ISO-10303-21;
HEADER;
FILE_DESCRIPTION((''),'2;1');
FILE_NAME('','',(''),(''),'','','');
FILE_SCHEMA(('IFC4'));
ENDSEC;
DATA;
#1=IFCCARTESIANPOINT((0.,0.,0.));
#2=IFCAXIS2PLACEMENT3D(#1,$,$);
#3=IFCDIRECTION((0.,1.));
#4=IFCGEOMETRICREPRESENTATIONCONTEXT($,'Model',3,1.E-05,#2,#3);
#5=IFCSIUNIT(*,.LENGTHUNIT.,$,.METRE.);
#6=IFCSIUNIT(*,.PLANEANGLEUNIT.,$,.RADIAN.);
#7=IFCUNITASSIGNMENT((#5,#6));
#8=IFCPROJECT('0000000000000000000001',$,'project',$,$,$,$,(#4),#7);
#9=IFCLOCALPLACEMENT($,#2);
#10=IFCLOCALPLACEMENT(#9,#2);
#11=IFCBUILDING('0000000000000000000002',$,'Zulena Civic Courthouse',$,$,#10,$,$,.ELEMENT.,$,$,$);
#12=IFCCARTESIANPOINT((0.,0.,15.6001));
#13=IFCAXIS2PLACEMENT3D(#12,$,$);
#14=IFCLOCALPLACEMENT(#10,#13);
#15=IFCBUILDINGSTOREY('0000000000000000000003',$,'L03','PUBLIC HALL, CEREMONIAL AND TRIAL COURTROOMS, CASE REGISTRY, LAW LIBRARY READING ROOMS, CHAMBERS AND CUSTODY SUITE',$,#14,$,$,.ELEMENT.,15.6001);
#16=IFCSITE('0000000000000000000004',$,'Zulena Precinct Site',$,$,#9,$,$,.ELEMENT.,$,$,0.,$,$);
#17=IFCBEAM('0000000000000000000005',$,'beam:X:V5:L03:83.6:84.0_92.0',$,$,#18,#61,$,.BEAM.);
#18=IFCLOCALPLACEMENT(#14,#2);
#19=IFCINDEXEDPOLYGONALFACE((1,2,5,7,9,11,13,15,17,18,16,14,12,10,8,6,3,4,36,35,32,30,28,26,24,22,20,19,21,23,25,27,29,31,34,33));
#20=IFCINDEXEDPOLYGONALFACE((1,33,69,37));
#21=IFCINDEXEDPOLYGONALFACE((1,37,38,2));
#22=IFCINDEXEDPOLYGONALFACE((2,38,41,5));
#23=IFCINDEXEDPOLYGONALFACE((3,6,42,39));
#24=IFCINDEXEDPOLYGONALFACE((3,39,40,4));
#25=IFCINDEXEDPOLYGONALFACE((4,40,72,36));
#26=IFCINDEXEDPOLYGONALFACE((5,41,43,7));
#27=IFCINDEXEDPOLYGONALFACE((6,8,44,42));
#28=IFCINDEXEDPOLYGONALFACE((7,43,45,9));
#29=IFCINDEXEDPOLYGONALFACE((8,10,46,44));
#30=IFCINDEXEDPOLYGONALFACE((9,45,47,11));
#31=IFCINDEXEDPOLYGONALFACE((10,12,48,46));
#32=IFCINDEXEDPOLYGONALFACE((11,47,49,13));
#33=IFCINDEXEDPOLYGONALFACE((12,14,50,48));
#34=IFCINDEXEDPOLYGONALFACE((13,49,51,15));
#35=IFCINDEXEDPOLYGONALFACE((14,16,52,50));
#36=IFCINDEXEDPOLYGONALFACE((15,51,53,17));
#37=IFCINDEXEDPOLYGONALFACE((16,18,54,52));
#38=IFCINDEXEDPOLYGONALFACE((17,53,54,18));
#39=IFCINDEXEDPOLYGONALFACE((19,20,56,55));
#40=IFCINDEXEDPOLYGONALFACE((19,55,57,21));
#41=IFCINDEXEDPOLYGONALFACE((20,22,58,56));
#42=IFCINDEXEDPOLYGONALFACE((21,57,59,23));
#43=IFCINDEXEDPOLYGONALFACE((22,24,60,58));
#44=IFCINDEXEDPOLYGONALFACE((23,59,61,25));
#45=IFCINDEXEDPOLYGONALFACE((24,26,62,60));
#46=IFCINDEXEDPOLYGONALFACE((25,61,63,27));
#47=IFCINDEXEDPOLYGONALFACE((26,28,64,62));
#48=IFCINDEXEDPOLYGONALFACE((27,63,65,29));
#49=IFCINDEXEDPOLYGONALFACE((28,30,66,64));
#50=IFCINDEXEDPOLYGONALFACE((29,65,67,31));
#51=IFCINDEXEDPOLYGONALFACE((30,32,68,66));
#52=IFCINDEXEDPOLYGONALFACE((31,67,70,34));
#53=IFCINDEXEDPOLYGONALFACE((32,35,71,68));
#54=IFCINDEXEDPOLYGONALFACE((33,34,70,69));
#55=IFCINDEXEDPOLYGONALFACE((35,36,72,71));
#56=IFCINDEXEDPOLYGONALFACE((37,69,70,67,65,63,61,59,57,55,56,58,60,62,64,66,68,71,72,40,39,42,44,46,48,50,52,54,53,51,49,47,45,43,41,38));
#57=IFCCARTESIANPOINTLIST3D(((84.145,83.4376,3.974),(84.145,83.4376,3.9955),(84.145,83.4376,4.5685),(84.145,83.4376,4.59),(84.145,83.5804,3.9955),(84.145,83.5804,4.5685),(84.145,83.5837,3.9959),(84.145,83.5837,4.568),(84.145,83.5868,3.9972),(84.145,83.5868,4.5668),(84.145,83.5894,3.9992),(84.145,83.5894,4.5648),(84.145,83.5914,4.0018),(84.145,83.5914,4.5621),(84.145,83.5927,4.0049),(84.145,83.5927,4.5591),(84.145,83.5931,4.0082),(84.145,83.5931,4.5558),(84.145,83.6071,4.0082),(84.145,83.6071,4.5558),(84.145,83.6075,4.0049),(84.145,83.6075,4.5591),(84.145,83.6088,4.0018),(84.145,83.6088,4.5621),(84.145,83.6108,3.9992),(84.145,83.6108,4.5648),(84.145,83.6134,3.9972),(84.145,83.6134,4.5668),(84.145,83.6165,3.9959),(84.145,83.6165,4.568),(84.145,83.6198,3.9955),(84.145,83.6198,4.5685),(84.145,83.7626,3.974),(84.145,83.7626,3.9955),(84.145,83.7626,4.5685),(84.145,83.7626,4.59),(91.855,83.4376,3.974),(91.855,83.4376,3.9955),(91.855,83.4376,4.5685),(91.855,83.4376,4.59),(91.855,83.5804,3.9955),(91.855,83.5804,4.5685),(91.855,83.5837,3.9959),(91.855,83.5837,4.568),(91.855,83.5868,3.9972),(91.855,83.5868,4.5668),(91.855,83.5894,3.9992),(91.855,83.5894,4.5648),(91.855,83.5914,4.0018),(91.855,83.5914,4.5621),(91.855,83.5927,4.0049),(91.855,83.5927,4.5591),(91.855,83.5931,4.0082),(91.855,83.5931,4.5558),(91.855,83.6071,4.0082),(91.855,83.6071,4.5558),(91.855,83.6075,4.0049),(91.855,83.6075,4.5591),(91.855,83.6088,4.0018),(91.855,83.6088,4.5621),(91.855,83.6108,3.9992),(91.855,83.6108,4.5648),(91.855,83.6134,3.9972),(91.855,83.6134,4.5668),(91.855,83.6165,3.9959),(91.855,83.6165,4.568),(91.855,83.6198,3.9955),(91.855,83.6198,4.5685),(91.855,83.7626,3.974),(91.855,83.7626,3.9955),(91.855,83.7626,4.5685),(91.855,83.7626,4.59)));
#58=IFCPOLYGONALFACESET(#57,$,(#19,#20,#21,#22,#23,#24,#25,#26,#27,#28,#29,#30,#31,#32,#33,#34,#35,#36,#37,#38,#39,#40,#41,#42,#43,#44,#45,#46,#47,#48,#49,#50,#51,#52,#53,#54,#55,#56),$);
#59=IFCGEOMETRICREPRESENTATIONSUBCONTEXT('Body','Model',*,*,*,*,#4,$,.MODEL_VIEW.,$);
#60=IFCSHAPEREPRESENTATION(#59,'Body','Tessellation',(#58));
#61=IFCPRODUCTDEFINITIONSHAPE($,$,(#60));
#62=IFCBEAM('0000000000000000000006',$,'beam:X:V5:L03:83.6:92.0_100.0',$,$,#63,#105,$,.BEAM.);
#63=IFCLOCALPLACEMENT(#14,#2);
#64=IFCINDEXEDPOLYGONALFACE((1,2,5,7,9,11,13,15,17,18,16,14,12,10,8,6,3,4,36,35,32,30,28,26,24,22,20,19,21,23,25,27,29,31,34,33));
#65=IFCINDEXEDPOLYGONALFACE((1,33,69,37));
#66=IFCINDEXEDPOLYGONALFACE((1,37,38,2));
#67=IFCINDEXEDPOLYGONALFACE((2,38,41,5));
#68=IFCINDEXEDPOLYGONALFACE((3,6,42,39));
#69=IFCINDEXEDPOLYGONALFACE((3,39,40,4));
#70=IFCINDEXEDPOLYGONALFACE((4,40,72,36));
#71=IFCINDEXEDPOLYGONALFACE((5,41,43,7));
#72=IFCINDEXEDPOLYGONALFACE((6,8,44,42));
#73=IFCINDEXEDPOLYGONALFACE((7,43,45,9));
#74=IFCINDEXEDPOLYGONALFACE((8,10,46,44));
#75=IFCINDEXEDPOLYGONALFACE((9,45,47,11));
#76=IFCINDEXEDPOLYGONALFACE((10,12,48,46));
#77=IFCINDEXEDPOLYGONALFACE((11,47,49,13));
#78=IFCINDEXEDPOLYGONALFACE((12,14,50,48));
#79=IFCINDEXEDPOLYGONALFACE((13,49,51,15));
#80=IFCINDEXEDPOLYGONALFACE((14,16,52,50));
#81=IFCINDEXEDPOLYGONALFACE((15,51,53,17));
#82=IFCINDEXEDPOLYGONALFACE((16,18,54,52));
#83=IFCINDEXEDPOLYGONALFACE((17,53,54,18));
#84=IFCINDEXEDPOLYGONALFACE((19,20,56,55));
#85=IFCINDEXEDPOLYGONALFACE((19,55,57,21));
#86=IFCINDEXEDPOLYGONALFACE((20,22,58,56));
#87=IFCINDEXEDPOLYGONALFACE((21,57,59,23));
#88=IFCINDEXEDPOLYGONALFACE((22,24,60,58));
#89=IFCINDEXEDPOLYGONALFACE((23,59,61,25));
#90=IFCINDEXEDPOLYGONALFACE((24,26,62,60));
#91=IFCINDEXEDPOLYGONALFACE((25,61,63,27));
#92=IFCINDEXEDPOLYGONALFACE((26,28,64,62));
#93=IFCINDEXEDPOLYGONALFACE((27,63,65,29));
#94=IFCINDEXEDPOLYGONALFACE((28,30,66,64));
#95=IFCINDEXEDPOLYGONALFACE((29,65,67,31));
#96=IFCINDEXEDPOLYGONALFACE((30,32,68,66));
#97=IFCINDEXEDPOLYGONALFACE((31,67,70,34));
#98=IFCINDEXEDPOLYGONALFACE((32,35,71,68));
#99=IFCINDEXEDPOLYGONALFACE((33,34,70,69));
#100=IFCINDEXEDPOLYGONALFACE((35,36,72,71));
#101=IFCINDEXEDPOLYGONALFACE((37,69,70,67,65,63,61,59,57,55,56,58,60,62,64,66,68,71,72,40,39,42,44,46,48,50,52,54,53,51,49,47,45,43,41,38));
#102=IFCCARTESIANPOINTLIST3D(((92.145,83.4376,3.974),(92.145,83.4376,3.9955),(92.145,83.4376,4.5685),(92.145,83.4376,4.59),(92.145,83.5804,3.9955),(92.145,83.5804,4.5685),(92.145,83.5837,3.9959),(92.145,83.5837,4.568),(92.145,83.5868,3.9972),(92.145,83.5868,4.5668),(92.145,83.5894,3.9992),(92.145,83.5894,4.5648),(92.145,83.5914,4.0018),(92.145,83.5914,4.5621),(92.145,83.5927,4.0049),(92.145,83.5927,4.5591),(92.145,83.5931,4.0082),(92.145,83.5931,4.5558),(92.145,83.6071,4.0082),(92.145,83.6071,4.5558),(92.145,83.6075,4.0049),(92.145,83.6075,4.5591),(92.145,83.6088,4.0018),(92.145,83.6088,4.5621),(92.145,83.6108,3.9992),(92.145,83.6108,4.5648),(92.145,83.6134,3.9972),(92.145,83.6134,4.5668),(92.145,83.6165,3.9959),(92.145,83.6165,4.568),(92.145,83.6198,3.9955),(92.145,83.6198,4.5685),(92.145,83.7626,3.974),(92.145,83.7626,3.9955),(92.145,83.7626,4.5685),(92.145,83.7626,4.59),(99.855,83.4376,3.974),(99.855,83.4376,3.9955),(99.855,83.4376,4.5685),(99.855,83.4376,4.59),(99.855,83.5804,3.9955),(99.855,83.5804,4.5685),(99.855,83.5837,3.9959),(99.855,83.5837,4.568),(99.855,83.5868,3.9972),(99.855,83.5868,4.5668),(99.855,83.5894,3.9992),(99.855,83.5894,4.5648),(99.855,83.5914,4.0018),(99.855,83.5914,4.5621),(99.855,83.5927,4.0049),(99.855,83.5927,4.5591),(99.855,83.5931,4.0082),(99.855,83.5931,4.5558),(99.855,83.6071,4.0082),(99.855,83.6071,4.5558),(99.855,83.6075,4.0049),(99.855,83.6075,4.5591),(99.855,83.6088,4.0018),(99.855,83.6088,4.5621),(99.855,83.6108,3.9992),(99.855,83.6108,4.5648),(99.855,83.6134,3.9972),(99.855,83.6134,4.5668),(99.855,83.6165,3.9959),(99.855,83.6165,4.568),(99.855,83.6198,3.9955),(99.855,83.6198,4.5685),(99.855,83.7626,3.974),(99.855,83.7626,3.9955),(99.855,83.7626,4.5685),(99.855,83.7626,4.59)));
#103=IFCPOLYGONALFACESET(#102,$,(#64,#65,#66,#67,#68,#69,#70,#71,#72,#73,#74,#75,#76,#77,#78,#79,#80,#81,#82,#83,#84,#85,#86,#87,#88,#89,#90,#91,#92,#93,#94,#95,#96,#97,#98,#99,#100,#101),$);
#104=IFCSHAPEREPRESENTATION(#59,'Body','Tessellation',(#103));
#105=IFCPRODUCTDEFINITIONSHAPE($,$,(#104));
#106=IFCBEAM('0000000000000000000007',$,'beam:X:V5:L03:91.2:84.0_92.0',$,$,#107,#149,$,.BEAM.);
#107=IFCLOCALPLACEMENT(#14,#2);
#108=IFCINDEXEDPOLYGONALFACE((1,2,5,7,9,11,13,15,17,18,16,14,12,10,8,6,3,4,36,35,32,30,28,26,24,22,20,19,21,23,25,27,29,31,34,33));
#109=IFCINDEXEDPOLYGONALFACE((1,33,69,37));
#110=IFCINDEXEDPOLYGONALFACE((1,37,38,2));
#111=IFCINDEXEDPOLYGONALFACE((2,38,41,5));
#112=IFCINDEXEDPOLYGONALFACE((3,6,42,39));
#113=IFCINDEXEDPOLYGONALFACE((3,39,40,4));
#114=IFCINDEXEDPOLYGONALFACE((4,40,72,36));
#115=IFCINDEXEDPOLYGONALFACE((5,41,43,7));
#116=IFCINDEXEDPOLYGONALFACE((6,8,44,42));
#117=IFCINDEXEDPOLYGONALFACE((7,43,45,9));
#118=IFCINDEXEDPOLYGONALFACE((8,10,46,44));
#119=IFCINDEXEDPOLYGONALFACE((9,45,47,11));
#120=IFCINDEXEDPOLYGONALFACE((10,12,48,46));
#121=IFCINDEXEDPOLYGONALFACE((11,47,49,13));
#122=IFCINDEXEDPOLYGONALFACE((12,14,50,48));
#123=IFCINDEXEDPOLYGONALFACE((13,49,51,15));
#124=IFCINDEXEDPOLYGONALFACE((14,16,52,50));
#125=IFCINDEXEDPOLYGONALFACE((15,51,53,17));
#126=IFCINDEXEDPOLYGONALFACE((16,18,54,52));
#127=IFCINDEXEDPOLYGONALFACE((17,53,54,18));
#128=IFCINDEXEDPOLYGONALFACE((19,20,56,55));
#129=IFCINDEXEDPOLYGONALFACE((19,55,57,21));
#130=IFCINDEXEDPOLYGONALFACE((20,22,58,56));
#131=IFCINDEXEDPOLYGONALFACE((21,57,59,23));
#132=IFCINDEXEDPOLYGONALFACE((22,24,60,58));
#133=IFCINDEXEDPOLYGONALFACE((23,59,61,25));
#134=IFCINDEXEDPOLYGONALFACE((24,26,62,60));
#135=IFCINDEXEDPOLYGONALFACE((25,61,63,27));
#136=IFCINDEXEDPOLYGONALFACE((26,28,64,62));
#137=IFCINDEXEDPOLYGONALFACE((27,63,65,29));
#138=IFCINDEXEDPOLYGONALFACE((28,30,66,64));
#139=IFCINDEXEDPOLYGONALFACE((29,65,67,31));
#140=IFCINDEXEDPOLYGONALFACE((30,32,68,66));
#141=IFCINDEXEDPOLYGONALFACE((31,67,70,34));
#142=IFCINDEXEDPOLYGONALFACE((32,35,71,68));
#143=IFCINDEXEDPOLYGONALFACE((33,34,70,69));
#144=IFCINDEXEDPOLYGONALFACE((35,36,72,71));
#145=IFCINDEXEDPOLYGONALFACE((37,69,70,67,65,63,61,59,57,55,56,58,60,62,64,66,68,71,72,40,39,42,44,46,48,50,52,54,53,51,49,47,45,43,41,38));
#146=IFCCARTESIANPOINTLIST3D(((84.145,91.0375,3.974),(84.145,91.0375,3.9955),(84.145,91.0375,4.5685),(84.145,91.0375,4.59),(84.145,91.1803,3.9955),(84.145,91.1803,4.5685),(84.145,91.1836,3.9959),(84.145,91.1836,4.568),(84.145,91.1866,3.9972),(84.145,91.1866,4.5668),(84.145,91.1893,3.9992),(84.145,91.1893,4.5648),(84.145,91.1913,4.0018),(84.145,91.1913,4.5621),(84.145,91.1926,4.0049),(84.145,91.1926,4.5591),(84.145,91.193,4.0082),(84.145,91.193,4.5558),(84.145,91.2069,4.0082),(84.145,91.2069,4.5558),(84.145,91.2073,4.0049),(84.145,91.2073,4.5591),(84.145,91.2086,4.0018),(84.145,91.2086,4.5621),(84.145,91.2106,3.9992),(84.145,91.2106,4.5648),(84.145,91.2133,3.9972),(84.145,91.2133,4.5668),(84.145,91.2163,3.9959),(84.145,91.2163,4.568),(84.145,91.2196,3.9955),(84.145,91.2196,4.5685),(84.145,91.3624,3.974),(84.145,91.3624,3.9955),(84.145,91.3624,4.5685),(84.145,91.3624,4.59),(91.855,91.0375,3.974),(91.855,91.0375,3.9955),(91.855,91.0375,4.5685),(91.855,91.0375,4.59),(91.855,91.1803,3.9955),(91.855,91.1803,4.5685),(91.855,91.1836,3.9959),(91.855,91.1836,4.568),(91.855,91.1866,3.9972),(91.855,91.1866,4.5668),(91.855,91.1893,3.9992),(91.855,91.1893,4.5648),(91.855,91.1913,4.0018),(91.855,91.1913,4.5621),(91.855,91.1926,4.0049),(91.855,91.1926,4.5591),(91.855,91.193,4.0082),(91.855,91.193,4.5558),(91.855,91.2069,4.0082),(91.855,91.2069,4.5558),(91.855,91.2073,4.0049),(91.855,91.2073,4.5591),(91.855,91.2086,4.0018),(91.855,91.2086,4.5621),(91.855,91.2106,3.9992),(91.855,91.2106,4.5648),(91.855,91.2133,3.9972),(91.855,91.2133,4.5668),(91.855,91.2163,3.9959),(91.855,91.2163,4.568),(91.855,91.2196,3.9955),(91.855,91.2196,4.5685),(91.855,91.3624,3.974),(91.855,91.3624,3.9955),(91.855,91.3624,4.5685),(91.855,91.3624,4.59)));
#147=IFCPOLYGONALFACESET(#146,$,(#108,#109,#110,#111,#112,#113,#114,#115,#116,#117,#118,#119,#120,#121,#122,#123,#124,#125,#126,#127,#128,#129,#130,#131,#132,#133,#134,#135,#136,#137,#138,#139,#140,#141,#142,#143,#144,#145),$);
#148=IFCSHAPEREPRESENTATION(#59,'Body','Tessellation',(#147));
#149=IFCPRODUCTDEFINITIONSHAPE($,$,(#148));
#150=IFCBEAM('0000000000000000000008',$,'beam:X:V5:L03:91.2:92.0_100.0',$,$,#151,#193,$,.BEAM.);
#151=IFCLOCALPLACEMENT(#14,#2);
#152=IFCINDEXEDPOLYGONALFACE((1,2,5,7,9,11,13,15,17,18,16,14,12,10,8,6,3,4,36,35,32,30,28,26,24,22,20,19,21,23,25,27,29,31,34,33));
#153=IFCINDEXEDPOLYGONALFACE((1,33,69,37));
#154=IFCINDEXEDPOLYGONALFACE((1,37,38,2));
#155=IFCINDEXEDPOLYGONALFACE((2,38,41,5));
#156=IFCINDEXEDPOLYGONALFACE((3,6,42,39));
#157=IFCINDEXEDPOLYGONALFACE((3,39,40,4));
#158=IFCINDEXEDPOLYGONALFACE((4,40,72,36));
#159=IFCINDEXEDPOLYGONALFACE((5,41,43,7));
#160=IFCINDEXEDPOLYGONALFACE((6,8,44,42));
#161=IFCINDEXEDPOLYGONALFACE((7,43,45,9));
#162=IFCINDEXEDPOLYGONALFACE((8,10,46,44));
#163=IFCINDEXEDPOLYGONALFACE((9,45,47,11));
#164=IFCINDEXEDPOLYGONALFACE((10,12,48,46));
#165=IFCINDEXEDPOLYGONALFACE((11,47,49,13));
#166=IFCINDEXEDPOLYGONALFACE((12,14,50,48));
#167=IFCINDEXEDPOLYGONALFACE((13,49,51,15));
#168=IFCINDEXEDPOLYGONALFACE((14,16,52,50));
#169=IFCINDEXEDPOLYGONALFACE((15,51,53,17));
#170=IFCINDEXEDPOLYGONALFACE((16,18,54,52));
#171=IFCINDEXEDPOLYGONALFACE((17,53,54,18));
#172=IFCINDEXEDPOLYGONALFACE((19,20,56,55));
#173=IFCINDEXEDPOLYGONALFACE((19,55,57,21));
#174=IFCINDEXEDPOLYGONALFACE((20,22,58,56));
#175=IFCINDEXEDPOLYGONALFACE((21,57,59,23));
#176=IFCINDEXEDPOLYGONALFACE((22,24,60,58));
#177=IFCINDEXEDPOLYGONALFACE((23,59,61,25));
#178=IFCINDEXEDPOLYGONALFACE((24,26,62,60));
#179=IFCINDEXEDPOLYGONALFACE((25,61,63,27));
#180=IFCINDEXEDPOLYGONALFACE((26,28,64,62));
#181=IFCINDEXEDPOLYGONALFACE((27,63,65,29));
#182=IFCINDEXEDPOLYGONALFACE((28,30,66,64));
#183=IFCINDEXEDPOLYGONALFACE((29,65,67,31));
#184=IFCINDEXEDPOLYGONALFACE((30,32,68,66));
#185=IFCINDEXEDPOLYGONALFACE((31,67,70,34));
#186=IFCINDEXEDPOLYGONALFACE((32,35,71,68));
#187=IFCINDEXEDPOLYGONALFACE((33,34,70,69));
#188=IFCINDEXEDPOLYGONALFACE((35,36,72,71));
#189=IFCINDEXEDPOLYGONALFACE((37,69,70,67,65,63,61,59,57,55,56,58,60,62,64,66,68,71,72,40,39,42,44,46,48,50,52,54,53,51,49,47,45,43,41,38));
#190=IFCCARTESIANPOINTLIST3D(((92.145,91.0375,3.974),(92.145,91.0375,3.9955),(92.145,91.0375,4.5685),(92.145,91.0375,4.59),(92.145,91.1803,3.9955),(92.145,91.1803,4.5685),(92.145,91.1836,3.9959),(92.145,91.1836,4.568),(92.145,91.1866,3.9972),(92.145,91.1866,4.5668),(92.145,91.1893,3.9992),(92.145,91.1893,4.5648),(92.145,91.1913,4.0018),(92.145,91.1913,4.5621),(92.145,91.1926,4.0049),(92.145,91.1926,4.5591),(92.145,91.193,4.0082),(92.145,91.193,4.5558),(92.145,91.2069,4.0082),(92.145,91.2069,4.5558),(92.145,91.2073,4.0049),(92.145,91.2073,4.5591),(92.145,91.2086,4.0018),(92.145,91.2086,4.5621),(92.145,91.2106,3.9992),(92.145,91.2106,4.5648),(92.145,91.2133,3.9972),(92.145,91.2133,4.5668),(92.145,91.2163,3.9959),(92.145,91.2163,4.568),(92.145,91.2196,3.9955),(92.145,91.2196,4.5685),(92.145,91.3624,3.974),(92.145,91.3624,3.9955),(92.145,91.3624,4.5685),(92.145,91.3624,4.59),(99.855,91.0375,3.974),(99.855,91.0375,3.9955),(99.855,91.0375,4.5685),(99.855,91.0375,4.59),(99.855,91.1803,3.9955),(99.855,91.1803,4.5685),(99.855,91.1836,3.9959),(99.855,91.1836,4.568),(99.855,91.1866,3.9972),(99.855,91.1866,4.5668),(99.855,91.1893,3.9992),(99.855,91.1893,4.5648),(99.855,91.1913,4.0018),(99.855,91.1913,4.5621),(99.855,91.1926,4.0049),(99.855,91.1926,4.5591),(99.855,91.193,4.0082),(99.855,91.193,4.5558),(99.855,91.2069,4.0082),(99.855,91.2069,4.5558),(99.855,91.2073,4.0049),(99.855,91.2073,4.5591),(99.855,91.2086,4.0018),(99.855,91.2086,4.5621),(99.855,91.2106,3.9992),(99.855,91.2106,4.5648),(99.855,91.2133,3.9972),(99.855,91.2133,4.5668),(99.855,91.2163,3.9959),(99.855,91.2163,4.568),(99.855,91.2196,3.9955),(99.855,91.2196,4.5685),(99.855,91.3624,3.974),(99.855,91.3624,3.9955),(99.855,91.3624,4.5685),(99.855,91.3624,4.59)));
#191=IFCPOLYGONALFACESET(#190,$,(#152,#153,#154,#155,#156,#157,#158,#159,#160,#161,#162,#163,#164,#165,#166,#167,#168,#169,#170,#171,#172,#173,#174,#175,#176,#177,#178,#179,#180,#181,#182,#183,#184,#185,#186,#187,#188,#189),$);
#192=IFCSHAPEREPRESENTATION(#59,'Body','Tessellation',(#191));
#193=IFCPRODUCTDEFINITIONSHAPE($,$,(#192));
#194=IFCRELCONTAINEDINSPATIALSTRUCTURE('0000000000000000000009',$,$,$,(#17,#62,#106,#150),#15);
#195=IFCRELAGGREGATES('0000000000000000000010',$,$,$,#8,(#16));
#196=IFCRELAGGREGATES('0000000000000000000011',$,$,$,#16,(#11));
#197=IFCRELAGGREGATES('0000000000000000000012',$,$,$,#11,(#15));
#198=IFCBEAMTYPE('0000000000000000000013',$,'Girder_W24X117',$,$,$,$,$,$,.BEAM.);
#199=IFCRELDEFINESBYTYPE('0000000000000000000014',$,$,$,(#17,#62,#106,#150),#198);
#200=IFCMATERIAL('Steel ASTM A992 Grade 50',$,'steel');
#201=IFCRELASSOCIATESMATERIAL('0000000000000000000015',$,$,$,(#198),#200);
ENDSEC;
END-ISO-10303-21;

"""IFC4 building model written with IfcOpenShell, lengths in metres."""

from ifc_helpers import new_model, si_unit, direction, frame, origin, origin_2d, place, context, subcontext, project, spatial, i_section, extrude, material, material_profile, profile_set, type_object, element, save


model = new_model("IFC4")

# Units and contexts
model_context = context("Model", 3, precision=1e-05, world=origin(), true_north=direction((0.0, 1.0)))
body_context = subcontext(model_context, "Body", "Model", "MODEL_VIEW")
ifc_project = project(units=[si_unit("LENGTHUNIT", "METRE"), si_unit("PLANEANGLEUNIT", "RADIAN")], contexts=[model_context])

# Site, building, storey
site_placement = place(None, origin())
site = spatial("IfcSite", under=ifc_project, at=site_placement, Name="Zulena Precinct Site", CompositionType="ELEMENT", RefElevation=0.0)
building_placement = place(site_placement, origin())
building = spatial("IfcBuilding", under=site, at=building_placement, Name="Zulena Civic Courthouse", CompositionType="ELEMENT")
storey_placement = place(building_placement, frame((0.0, 0.0, 15.6001)))
storey = spatial("IfcBuildingStorey", under=building, at=storey_placement, Name="L03", Description="PUBLIC HALL, CEREMONIAL AND TRIAL COURTROOMS, CASE REGISTRY, LAW LIBRARY READING ROOMS, CHAMBERS AND CUSTODY SUITE", CompositionType="ELEMENT", Elevation=15.6001)

# Shared definitions
ifc_material_1 = material(Name="Steel ASTM A992 Grade 50", Category="steel")

# Beams
ifc_material_profile_1 = material_profile(ifc_material_1, i_section(OverallWidth=0.325, OverallDepth=0.616, WebThickness=0.0139, FlangeThickness=0.0215, FilletRadius=0.0127, at=origin_2d()), Name="W24X117")
ifc_profile_set_1 = profile_set([ifc_material_profile_1], Name="Steel ASTM A992 Grade 50")
beam_type_1 = type_object("IfcBeamType", Name="Girder_W24X117", PredefinedType="BEAM", material=ifc_profile_set_1)
for number, where, z_axis, x_axis, name in (
    (1, (84.145, 83.6001, 4.282), (1.0, 0.0, 0.0), (0.0, 1.0, 0.0), "beam:X:V5:L03:83.6:84.0_92.0"),
    (2, (92.145, 83.6001, 4.282), (1.0, 0.0, 0.0), (0.0, 1.0, 0.0), "beam:X:V5:L03:83.6:92.0_100.0"),
    (3, (84.145, 91.2, 4.282), (1.0, 0.0, 0.0), (0.0, 1.0, 0.0), "beam:X:V5:L03:91.2:84.0_92.0"),
    (4, (92.145, 91.2, 4.282), (1.0, 0.0, 0.0), (0.0, 1.0, 0.0), "beam:X:V5:L03:91.2:92.0_100.0"),
):
    element("IfcBeam", number, at=place(storey_placement, frame(where, z_axis=z_axis, x_axis=x_axis)), inside=storey, type_object=beam_type_1, Name=name, PredefinedType="BEAM", context=body_context, shape_type="SweptSolid", body=[
        extrude(i_section(OverallWidth=0.325, OverallDepth=0.616, WebThickness=0.0139, FlangeThickness=0.0215, FilletRadius=0.0127, at=origin_2d()), origin(), (0.0, 0.0, 1.0), 7.71),
    ])

save(model, "model.ifc")
